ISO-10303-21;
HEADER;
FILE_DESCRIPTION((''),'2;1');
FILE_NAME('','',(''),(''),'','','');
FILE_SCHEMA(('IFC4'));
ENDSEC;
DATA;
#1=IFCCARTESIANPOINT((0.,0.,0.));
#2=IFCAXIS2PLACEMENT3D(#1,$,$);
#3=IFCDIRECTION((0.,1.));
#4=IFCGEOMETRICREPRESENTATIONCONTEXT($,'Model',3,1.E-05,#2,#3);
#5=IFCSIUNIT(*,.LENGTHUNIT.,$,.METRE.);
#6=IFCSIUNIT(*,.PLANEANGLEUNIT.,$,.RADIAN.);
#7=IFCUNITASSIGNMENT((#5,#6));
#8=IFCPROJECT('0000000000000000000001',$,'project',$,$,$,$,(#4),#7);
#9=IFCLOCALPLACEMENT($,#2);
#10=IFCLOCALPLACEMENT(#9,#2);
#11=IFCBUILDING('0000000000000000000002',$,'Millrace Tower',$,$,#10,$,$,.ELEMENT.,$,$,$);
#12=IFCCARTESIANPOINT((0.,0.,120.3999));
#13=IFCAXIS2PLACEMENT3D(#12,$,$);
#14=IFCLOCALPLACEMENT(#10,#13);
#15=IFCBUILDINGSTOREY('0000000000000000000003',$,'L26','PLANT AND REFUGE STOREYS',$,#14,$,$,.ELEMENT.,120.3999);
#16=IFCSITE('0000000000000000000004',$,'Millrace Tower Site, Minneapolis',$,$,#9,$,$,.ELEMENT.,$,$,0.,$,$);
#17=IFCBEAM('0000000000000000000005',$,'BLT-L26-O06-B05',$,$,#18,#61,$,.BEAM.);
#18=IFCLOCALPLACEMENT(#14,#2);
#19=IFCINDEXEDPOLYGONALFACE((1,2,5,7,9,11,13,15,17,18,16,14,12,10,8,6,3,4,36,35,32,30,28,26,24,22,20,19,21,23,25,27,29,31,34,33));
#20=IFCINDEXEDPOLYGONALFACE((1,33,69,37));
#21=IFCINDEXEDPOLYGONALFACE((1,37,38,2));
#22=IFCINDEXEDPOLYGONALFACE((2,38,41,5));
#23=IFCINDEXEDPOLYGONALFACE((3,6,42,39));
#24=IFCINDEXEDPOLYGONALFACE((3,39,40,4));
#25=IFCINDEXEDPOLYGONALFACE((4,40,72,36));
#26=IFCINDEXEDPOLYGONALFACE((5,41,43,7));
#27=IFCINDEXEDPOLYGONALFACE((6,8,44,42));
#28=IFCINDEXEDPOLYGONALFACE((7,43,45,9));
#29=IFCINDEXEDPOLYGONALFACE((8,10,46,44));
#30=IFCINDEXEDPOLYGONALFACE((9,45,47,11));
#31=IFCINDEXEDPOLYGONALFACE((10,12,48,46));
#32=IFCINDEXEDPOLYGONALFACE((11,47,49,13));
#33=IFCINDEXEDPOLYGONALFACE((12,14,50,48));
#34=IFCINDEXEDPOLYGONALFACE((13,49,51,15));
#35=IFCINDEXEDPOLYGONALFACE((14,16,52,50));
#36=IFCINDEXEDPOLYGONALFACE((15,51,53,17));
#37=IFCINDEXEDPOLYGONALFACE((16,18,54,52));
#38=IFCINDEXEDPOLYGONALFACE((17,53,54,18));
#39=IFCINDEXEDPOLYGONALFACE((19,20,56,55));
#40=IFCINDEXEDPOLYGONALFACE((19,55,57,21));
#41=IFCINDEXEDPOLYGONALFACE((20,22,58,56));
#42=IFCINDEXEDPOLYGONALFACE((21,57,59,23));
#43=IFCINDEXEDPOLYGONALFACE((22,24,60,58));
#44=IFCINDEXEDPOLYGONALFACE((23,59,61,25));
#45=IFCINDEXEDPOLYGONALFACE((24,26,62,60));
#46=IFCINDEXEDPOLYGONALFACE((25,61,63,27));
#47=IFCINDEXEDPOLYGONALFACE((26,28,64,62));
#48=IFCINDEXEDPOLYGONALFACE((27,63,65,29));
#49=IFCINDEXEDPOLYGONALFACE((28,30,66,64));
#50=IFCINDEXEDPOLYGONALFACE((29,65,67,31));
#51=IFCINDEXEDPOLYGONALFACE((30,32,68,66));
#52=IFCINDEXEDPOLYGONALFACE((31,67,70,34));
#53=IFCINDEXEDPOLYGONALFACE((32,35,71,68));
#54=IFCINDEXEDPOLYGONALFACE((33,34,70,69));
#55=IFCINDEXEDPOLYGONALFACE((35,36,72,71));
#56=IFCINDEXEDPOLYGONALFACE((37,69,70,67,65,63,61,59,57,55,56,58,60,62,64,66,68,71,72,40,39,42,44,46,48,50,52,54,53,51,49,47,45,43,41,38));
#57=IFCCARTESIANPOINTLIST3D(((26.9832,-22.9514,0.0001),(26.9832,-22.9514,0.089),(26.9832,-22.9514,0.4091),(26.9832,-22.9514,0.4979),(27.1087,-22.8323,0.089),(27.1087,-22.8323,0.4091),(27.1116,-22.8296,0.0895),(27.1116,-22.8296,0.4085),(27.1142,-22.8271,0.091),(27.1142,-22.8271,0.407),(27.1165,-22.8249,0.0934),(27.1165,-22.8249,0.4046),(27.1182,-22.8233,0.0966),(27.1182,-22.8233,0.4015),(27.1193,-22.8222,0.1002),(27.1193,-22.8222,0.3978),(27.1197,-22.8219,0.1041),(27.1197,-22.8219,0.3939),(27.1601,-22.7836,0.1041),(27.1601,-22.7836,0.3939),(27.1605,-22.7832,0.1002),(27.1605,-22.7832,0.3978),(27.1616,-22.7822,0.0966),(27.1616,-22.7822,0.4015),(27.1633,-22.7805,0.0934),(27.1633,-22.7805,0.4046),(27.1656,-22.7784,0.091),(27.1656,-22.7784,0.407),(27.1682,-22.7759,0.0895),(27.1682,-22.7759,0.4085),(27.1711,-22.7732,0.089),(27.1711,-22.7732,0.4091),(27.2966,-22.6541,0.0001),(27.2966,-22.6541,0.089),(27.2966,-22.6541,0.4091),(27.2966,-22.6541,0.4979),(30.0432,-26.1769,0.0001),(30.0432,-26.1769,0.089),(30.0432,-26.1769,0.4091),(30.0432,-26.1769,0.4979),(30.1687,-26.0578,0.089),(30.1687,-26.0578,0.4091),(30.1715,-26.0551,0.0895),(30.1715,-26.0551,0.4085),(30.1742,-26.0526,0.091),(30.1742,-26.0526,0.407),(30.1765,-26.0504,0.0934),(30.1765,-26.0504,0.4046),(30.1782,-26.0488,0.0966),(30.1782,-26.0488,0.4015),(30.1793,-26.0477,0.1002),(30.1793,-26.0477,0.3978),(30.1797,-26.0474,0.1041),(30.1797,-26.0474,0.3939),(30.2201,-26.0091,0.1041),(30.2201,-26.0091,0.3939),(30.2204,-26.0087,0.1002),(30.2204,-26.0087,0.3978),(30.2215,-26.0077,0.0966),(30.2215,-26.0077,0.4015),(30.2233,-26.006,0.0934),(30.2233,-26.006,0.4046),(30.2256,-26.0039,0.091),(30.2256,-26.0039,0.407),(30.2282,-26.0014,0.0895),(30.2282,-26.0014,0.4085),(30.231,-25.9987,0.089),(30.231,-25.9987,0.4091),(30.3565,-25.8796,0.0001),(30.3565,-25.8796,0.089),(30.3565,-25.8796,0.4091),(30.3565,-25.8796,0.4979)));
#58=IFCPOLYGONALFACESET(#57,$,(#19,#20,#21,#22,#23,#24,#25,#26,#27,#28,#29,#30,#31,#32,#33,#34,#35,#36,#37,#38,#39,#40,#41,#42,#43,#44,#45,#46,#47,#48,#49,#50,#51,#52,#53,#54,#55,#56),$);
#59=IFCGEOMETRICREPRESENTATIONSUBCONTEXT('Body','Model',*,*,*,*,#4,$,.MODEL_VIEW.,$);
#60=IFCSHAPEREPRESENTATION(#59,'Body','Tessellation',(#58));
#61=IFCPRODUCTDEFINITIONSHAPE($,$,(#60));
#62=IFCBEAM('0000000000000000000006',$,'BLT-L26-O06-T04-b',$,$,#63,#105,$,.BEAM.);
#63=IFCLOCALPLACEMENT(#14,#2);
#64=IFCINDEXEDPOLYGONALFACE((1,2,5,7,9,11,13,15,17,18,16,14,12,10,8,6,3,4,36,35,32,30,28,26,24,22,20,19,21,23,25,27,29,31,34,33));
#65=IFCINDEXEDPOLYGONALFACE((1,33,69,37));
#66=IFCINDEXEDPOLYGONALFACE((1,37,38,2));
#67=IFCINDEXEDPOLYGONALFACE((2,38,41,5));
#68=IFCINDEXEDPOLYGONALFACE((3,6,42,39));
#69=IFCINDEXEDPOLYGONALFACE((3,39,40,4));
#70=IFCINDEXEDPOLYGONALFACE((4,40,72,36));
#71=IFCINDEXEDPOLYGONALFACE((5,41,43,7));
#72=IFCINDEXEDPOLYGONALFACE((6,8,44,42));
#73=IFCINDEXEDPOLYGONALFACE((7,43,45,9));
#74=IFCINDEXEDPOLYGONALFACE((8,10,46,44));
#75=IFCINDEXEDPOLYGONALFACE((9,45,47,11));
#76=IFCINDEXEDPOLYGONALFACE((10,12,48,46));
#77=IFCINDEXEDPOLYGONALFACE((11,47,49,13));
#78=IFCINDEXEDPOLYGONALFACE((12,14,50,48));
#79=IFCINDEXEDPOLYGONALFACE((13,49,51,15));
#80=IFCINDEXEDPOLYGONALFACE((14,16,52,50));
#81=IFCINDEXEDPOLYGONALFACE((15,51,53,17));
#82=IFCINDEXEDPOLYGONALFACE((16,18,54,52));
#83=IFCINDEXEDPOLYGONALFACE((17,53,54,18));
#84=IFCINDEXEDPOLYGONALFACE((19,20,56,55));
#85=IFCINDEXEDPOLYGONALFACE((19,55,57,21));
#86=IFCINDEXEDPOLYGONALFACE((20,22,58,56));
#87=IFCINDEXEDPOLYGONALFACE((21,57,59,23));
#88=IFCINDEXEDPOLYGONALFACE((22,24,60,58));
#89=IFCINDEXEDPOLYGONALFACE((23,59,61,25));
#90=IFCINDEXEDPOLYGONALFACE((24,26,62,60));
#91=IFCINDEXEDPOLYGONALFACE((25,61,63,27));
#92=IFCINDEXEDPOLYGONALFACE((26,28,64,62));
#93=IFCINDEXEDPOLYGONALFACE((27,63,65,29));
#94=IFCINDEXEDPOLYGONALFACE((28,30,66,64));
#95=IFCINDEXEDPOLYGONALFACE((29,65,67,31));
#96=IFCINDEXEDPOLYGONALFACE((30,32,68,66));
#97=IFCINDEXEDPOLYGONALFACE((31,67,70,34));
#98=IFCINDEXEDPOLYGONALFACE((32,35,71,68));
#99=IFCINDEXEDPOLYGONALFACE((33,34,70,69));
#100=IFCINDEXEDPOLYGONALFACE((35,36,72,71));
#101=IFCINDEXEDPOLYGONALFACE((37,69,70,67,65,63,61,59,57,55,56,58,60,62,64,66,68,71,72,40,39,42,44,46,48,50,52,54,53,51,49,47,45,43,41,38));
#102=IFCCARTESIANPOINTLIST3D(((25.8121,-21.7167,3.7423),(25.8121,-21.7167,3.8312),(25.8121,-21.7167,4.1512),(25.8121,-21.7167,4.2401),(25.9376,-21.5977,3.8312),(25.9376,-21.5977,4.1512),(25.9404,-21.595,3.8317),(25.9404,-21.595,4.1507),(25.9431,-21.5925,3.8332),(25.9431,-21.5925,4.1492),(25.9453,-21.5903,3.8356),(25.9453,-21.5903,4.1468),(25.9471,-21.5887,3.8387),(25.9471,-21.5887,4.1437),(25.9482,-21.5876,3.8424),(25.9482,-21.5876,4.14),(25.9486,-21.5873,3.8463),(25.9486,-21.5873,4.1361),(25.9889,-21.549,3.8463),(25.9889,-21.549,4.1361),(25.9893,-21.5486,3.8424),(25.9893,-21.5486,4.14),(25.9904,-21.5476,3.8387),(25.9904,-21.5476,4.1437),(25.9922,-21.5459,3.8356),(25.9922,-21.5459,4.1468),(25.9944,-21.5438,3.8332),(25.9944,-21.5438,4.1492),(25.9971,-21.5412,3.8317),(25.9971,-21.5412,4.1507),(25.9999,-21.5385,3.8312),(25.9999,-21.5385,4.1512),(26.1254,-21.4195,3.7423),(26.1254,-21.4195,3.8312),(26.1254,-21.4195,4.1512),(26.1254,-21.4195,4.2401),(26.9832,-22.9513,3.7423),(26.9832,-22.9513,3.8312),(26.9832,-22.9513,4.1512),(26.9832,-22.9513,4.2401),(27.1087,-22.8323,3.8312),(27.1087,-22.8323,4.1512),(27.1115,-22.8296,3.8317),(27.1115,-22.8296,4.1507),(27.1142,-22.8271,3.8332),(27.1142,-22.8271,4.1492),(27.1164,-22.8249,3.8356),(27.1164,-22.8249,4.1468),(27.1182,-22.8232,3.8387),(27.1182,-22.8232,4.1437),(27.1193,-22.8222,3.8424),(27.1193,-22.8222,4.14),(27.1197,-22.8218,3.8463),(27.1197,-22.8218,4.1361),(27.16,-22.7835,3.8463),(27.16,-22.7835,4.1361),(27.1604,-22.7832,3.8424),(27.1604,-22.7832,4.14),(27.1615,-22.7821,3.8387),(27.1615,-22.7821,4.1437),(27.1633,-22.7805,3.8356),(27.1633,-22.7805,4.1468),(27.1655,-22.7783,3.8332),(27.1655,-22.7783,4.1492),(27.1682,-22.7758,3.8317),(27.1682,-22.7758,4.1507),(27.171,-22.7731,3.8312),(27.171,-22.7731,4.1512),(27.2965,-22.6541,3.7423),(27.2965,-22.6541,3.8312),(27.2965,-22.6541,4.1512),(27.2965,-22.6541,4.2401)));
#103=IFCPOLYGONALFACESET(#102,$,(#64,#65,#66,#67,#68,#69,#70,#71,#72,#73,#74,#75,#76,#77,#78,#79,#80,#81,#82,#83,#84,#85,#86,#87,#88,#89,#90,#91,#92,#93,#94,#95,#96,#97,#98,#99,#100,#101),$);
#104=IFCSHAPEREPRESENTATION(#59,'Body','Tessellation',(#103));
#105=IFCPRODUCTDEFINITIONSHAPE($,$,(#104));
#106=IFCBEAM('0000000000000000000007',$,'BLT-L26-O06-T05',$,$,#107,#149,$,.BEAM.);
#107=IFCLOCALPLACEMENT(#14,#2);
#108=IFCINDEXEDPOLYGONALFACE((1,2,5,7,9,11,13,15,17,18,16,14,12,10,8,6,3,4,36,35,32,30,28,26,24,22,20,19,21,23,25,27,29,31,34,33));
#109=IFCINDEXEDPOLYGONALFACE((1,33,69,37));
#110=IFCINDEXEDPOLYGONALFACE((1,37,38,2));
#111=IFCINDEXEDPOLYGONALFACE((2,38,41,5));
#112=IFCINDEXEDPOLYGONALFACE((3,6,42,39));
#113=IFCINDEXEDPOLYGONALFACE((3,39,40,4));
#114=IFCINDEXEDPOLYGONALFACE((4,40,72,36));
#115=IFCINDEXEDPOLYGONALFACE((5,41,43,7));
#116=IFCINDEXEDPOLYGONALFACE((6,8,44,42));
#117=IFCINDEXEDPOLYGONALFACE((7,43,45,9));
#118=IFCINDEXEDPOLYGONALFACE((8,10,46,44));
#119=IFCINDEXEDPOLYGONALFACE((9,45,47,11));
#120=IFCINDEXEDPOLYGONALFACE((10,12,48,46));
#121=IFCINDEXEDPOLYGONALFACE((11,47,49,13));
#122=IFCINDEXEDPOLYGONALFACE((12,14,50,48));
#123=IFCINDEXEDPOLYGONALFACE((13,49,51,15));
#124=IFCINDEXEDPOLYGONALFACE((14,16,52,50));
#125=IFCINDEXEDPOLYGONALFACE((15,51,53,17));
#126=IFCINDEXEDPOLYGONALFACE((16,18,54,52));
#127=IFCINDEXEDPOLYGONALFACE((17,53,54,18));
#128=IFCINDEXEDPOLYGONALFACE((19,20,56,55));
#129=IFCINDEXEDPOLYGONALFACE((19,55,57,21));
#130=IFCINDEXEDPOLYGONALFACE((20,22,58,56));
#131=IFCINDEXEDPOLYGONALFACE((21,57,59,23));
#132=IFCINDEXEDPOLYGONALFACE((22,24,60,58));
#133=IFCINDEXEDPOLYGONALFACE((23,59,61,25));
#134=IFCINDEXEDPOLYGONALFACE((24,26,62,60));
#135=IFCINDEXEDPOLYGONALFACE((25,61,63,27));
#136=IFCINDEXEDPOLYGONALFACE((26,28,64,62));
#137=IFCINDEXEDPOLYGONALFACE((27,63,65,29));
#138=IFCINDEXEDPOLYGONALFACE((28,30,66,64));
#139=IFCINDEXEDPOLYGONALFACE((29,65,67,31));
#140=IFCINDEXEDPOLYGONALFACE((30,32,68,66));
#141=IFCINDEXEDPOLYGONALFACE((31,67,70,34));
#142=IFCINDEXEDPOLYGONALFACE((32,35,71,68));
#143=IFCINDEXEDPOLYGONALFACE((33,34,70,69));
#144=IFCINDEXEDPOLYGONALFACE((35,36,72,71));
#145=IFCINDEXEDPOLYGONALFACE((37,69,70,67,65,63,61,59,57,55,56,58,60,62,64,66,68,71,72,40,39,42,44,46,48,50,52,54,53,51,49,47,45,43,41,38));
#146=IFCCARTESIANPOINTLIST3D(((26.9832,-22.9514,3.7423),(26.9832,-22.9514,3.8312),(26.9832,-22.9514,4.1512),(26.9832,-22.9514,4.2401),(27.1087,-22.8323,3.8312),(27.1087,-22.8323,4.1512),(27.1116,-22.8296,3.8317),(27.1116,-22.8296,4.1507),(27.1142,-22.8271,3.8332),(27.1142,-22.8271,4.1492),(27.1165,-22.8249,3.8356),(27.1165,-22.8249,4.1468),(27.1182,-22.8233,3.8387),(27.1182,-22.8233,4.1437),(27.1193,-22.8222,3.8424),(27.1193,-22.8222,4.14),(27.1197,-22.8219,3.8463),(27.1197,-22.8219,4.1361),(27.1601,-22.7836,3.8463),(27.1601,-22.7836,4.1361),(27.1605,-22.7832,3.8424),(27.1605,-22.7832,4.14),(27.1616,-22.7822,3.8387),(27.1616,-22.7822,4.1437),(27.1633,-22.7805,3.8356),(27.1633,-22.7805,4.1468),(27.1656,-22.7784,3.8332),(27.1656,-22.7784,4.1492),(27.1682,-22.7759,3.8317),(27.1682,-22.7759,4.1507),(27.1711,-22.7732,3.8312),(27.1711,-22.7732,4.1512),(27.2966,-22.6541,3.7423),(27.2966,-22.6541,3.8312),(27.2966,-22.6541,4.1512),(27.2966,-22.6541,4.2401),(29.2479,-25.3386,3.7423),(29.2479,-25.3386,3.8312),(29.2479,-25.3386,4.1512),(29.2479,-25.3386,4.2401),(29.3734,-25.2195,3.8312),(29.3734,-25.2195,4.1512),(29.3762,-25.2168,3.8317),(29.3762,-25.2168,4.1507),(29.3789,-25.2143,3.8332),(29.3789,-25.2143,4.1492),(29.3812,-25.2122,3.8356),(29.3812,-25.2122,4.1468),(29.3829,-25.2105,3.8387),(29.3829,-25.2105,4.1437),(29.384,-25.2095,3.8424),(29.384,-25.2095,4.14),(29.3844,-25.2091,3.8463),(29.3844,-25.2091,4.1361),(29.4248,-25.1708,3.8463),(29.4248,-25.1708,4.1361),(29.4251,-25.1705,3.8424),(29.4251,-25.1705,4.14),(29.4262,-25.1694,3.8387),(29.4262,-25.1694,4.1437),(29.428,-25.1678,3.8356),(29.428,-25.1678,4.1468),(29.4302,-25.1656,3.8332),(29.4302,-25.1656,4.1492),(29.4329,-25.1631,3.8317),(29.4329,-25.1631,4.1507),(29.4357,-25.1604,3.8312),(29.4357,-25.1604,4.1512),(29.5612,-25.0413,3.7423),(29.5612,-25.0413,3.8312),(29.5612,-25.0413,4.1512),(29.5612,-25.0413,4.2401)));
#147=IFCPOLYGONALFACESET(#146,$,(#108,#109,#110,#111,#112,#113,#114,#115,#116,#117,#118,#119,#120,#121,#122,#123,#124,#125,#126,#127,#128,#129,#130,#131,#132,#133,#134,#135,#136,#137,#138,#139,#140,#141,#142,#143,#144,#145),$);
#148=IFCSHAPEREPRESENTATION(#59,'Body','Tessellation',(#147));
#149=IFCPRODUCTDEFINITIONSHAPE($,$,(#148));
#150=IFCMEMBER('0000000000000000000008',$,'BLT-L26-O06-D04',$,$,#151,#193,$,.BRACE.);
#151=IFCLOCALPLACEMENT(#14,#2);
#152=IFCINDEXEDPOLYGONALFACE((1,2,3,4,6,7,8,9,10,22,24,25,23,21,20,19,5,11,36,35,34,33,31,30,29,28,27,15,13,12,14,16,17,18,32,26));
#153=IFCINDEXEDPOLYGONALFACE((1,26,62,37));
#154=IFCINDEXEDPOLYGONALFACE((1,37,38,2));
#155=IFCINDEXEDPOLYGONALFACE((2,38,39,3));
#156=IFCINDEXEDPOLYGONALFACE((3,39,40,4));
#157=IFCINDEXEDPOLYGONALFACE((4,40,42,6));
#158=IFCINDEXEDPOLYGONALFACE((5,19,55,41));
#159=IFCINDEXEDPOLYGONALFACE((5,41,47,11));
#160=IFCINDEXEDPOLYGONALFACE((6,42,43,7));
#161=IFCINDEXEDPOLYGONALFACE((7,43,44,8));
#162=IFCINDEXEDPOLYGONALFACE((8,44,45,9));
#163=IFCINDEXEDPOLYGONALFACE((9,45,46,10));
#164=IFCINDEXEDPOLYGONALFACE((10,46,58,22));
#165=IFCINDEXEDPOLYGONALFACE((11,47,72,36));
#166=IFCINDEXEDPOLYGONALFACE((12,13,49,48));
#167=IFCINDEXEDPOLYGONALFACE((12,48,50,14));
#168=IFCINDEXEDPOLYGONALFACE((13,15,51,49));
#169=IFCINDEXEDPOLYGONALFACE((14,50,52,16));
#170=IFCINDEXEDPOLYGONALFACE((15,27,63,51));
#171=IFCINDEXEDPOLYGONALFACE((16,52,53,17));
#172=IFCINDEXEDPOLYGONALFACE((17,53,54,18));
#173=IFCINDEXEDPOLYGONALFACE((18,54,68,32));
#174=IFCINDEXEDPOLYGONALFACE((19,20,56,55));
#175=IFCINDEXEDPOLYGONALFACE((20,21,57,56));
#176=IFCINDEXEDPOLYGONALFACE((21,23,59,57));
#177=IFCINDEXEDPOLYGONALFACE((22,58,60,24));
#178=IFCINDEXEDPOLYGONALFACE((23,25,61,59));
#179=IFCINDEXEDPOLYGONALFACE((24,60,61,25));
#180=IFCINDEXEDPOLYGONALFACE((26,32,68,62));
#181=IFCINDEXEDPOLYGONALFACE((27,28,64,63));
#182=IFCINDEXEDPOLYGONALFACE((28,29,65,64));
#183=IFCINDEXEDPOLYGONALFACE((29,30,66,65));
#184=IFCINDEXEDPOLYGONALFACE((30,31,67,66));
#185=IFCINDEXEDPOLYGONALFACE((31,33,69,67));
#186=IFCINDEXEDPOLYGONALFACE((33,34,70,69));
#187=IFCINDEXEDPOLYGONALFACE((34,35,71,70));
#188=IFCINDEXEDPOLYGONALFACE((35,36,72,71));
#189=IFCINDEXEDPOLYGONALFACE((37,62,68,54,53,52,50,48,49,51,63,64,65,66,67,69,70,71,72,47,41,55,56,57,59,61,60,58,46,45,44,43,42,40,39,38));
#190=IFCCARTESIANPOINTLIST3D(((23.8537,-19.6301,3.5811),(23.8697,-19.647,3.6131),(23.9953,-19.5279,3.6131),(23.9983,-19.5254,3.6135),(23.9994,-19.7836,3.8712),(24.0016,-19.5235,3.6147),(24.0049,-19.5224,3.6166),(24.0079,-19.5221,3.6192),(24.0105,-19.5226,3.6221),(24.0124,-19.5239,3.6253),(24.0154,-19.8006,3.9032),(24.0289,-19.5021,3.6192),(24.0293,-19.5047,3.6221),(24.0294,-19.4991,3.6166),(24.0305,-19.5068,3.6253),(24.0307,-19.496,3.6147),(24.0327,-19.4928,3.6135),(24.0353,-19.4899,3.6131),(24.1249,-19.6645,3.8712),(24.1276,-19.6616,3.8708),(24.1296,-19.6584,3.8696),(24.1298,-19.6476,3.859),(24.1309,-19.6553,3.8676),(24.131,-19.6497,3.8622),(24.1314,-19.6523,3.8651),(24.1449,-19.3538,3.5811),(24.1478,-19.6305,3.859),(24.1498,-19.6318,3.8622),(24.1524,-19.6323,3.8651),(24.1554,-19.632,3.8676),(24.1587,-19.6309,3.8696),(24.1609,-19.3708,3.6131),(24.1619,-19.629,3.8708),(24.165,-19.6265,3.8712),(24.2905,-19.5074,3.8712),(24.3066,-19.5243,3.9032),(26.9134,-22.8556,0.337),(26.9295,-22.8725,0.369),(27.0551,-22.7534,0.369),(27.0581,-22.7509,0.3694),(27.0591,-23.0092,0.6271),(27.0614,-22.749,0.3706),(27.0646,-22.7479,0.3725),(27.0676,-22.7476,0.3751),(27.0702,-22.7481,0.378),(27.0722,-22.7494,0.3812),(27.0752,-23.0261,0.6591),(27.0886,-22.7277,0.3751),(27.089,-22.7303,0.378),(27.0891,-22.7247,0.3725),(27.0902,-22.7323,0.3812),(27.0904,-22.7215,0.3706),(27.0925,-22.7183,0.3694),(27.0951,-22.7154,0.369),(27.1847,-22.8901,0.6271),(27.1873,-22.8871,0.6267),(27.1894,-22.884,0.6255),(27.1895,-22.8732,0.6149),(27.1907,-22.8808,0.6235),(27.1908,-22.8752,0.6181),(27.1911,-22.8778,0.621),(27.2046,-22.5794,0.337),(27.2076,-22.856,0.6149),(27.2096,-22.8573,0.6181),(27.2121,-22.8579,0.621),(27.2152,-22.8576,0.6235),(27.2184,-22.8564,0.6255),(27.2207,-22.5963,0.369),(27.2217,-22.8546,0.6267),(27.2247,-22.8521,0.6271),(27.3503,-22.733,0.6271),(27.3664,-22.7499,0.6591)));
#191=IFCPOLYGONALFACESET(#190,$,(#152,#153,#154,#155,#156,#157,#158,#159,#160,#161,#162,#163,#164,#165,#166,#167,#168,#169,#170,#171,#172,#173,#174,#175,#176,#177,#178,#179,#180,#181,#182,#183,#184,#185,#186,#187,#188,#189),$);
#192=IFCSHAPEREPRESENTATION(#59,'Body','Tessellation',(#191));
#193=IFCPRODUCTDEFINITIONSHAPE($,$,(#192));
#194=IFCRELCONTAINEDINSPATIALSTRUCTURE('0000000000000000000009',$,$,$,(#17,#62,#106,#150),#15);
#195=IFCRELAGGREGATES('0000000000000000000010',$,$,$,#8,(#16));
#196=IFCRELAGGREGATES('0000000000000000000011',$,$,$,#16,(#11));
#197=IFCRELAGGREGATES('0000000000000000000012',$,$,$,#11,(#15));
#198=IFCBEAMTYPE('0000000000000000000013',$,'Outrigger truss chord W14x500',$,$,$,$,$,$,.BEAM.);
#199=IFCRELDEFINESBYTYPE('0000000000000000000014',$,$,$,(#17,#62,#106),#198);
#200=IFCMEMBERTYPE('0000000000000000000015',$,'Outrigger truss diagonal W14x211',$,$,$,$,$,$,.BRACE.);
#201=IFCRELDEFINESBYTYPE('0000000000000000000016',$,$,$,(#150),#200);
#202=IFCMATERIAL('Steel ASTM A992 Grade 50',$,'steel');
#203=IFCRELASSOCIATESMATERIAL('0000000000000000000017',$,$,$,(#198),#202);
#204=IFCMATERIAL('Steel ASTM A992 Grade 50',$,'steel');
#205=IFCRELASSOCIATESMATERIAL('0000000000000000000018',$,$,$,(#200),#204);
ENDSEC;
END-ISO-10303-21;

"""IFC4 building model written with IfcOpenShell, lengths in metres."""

from ifc_helpers import new_model, si_unit, direction, frame, origin, origin_2d, place, context, subcontext, project, spatial, i_section, extrude, material, material_profile, profile_set, type_object, element, save


model = new_model("IFC4")

# Units and contexts
model_context = context("Model", 3, precision=1e-05, world=origin(), true_north=direction((0.0, 1.0)))
body_context = subcontext(model_context, "Body", "Model", "MODEL_VIEW")
ifc_project = project(units=[si_unit("LENGTHUNIT", "METRE"), si_unit("PLANEANGLEUNIT", "RADIAN")], contexts=[model_context])

# Site, building, storey
site_placement = place(None, origin())
site = spatial("IfcSite", under=ifc_project, at=site_placement, Name="Millrace Tower Site, Minneapolis", CompositionType="ELEMENT", RefElevation=0.0)
building_placement = place(site_placement, origin())
building = spatial("IfcBuilding", under=site, at=building_placement, Name="Millrace Tower", CompositionType="ELEMENT")
storey_placement = place(building_placement, frame((0.0, 0.0, 120.3999)))
storey = spatial("IfcBuildingStorey", under=building, at=storey_placement, Name="L26", Description="PLANT AND REFUGE STOREYS", CompositionType="ELEMENT", Elevation=120.3999)

# Beams
ifc_material_1 = material(Name="Steel ASTM A992 Grade 50", Category="steel")
ifc_material_profile_1 = material_profile(ifc_material_1, i_section(OverallWidth=0.4319, OverallDepth=0.4978, WebThickness=0.0557, FlangeThickness=0.0889, FilletRadius=0.0151, at=origin_2d()))
ifc_profile_set_1 = profile_set([ifc_material_profile_1], Name="Steel ASTM A992 Grade 50")
beam_type_1 = type_object("IfcBeamType", Name="Outrigger truss chord W14x500", PredefinedType="BEAM", material=ifc_profile_set_1)
beam_1_placement = place(storey_placement, frame((27.1399, -22.8027, 0.249), z_axis=(0.688247, -0.725476, 0.0), x_axis=(0.725476, 0.688247, 0.0)))
element("IfcBeam", 1, at=beam_1_placement, inside=storey, type_object=beam_type_1, Name="BLT-L26-O06-B05", PredefinedType="BEAM", context=body_context, shape_type="SweptSolid", body=[
    extrude(i_section(OverallWidth=0.4319, OverallDepth=0.4978, WebThickness=0.0557, FlangeThickness=0.0889, FilletRadius=0.0151, at=origin_2d()), origin(), (0.0, 0.0, 1.0), 4.446),
])
beam_2_placement = place(storey_placement, frame((25.9688, -21.5681, 3.9912), z_axis=(0.68821, -0.725511, 0.0), x_axis=(0.725511, 0.68821, 0.0)))
element("IfcBeam", 2, at=beam_2_placement, inside=storey, type_object=beam_type_1, Name="BLT-L26-O06-T04-b", PredefinedType="BEAM", context=body_context, shape_type="SweptSolid", body=[
    extrude(i_section(OverallWidth=0.4319, OverallDepth=0.4978, WebThickness=0.0557, FlangeThickness=0.0889, FilletRadius=0.0151, at=origin_2d()), origin(), (0.0, 0.0, 1.0), 1.7017),
])
beam_3_placement = place(storey_placement, frame((27.1399, -22.8027, 3.9912), z_axis=(0.688238, -0.725485, 0.0), x_axis=(0.725485, 0.688238, 0.0)))
element("IfcBeam", 3, at=beam_3_placement, inside=storey, type_object=beam_type_1, Name="BLT-L26-O06-T05", PredefinedType="BEAM", context=body_context, shape_type="SweptSolid", body=[
    extrude(i_section(OverallWidth=0.4319, OverallDepth=0.4978, WebThickness=0.0557, FlangeThickness=0.0889, FilletRadius=0.0151, at=origin_2d()), origin(), (0.0, 0.0, 1.0), 3.2905),
])

# Member
ifc_material_2 = material(Name="Steel ASTM A992 Grade 50", Category="steel")
ifc_material_profile_2 = material_profile(ifc_material_2, i_section(OverallWidth=0.4014, OverallDepth=0.3987, WebThickness=0.0249, FlangeThickness=0.0396, FilletRadius=0.0151, at=origin_2d()))
ifc_profile_set_2 = profile_set([ifc_material_profile_2], Name="Steel ASTM A992 Grade 50")
member_type_1 = type_object("IfcMemberType", Name="Outrigger truss diagonal W14x211", PredefinedType="BRACE", material=ifc_profile_set_2)
member_1_placement = place(storey_placement, frame((27.1399, -22.8027, 0.498), z_axis=(-0.55595, 0.58607, 0.589441), x_axis=(-0.725504, -0.688218, 0.0)))
element("IfcMember", 4, at=member_1_placement, inside=storey, type_object=member_type_1, Name="BLT-L26-O06-D04", PredefinedType="BRACE", context=body_context, shape_type="SweptSolid", body=[
    extrude(i_section(OverallWidth=0.4014, OverallDepth=0.3987, WebThickness=0.0249, FlangeThickness=0.0396, FilletRadius=0.0151, at=origin_2d()), origin(), (0.0, 0.0, 1.0), 5.5037),
])

save(model, "model.ifc")
